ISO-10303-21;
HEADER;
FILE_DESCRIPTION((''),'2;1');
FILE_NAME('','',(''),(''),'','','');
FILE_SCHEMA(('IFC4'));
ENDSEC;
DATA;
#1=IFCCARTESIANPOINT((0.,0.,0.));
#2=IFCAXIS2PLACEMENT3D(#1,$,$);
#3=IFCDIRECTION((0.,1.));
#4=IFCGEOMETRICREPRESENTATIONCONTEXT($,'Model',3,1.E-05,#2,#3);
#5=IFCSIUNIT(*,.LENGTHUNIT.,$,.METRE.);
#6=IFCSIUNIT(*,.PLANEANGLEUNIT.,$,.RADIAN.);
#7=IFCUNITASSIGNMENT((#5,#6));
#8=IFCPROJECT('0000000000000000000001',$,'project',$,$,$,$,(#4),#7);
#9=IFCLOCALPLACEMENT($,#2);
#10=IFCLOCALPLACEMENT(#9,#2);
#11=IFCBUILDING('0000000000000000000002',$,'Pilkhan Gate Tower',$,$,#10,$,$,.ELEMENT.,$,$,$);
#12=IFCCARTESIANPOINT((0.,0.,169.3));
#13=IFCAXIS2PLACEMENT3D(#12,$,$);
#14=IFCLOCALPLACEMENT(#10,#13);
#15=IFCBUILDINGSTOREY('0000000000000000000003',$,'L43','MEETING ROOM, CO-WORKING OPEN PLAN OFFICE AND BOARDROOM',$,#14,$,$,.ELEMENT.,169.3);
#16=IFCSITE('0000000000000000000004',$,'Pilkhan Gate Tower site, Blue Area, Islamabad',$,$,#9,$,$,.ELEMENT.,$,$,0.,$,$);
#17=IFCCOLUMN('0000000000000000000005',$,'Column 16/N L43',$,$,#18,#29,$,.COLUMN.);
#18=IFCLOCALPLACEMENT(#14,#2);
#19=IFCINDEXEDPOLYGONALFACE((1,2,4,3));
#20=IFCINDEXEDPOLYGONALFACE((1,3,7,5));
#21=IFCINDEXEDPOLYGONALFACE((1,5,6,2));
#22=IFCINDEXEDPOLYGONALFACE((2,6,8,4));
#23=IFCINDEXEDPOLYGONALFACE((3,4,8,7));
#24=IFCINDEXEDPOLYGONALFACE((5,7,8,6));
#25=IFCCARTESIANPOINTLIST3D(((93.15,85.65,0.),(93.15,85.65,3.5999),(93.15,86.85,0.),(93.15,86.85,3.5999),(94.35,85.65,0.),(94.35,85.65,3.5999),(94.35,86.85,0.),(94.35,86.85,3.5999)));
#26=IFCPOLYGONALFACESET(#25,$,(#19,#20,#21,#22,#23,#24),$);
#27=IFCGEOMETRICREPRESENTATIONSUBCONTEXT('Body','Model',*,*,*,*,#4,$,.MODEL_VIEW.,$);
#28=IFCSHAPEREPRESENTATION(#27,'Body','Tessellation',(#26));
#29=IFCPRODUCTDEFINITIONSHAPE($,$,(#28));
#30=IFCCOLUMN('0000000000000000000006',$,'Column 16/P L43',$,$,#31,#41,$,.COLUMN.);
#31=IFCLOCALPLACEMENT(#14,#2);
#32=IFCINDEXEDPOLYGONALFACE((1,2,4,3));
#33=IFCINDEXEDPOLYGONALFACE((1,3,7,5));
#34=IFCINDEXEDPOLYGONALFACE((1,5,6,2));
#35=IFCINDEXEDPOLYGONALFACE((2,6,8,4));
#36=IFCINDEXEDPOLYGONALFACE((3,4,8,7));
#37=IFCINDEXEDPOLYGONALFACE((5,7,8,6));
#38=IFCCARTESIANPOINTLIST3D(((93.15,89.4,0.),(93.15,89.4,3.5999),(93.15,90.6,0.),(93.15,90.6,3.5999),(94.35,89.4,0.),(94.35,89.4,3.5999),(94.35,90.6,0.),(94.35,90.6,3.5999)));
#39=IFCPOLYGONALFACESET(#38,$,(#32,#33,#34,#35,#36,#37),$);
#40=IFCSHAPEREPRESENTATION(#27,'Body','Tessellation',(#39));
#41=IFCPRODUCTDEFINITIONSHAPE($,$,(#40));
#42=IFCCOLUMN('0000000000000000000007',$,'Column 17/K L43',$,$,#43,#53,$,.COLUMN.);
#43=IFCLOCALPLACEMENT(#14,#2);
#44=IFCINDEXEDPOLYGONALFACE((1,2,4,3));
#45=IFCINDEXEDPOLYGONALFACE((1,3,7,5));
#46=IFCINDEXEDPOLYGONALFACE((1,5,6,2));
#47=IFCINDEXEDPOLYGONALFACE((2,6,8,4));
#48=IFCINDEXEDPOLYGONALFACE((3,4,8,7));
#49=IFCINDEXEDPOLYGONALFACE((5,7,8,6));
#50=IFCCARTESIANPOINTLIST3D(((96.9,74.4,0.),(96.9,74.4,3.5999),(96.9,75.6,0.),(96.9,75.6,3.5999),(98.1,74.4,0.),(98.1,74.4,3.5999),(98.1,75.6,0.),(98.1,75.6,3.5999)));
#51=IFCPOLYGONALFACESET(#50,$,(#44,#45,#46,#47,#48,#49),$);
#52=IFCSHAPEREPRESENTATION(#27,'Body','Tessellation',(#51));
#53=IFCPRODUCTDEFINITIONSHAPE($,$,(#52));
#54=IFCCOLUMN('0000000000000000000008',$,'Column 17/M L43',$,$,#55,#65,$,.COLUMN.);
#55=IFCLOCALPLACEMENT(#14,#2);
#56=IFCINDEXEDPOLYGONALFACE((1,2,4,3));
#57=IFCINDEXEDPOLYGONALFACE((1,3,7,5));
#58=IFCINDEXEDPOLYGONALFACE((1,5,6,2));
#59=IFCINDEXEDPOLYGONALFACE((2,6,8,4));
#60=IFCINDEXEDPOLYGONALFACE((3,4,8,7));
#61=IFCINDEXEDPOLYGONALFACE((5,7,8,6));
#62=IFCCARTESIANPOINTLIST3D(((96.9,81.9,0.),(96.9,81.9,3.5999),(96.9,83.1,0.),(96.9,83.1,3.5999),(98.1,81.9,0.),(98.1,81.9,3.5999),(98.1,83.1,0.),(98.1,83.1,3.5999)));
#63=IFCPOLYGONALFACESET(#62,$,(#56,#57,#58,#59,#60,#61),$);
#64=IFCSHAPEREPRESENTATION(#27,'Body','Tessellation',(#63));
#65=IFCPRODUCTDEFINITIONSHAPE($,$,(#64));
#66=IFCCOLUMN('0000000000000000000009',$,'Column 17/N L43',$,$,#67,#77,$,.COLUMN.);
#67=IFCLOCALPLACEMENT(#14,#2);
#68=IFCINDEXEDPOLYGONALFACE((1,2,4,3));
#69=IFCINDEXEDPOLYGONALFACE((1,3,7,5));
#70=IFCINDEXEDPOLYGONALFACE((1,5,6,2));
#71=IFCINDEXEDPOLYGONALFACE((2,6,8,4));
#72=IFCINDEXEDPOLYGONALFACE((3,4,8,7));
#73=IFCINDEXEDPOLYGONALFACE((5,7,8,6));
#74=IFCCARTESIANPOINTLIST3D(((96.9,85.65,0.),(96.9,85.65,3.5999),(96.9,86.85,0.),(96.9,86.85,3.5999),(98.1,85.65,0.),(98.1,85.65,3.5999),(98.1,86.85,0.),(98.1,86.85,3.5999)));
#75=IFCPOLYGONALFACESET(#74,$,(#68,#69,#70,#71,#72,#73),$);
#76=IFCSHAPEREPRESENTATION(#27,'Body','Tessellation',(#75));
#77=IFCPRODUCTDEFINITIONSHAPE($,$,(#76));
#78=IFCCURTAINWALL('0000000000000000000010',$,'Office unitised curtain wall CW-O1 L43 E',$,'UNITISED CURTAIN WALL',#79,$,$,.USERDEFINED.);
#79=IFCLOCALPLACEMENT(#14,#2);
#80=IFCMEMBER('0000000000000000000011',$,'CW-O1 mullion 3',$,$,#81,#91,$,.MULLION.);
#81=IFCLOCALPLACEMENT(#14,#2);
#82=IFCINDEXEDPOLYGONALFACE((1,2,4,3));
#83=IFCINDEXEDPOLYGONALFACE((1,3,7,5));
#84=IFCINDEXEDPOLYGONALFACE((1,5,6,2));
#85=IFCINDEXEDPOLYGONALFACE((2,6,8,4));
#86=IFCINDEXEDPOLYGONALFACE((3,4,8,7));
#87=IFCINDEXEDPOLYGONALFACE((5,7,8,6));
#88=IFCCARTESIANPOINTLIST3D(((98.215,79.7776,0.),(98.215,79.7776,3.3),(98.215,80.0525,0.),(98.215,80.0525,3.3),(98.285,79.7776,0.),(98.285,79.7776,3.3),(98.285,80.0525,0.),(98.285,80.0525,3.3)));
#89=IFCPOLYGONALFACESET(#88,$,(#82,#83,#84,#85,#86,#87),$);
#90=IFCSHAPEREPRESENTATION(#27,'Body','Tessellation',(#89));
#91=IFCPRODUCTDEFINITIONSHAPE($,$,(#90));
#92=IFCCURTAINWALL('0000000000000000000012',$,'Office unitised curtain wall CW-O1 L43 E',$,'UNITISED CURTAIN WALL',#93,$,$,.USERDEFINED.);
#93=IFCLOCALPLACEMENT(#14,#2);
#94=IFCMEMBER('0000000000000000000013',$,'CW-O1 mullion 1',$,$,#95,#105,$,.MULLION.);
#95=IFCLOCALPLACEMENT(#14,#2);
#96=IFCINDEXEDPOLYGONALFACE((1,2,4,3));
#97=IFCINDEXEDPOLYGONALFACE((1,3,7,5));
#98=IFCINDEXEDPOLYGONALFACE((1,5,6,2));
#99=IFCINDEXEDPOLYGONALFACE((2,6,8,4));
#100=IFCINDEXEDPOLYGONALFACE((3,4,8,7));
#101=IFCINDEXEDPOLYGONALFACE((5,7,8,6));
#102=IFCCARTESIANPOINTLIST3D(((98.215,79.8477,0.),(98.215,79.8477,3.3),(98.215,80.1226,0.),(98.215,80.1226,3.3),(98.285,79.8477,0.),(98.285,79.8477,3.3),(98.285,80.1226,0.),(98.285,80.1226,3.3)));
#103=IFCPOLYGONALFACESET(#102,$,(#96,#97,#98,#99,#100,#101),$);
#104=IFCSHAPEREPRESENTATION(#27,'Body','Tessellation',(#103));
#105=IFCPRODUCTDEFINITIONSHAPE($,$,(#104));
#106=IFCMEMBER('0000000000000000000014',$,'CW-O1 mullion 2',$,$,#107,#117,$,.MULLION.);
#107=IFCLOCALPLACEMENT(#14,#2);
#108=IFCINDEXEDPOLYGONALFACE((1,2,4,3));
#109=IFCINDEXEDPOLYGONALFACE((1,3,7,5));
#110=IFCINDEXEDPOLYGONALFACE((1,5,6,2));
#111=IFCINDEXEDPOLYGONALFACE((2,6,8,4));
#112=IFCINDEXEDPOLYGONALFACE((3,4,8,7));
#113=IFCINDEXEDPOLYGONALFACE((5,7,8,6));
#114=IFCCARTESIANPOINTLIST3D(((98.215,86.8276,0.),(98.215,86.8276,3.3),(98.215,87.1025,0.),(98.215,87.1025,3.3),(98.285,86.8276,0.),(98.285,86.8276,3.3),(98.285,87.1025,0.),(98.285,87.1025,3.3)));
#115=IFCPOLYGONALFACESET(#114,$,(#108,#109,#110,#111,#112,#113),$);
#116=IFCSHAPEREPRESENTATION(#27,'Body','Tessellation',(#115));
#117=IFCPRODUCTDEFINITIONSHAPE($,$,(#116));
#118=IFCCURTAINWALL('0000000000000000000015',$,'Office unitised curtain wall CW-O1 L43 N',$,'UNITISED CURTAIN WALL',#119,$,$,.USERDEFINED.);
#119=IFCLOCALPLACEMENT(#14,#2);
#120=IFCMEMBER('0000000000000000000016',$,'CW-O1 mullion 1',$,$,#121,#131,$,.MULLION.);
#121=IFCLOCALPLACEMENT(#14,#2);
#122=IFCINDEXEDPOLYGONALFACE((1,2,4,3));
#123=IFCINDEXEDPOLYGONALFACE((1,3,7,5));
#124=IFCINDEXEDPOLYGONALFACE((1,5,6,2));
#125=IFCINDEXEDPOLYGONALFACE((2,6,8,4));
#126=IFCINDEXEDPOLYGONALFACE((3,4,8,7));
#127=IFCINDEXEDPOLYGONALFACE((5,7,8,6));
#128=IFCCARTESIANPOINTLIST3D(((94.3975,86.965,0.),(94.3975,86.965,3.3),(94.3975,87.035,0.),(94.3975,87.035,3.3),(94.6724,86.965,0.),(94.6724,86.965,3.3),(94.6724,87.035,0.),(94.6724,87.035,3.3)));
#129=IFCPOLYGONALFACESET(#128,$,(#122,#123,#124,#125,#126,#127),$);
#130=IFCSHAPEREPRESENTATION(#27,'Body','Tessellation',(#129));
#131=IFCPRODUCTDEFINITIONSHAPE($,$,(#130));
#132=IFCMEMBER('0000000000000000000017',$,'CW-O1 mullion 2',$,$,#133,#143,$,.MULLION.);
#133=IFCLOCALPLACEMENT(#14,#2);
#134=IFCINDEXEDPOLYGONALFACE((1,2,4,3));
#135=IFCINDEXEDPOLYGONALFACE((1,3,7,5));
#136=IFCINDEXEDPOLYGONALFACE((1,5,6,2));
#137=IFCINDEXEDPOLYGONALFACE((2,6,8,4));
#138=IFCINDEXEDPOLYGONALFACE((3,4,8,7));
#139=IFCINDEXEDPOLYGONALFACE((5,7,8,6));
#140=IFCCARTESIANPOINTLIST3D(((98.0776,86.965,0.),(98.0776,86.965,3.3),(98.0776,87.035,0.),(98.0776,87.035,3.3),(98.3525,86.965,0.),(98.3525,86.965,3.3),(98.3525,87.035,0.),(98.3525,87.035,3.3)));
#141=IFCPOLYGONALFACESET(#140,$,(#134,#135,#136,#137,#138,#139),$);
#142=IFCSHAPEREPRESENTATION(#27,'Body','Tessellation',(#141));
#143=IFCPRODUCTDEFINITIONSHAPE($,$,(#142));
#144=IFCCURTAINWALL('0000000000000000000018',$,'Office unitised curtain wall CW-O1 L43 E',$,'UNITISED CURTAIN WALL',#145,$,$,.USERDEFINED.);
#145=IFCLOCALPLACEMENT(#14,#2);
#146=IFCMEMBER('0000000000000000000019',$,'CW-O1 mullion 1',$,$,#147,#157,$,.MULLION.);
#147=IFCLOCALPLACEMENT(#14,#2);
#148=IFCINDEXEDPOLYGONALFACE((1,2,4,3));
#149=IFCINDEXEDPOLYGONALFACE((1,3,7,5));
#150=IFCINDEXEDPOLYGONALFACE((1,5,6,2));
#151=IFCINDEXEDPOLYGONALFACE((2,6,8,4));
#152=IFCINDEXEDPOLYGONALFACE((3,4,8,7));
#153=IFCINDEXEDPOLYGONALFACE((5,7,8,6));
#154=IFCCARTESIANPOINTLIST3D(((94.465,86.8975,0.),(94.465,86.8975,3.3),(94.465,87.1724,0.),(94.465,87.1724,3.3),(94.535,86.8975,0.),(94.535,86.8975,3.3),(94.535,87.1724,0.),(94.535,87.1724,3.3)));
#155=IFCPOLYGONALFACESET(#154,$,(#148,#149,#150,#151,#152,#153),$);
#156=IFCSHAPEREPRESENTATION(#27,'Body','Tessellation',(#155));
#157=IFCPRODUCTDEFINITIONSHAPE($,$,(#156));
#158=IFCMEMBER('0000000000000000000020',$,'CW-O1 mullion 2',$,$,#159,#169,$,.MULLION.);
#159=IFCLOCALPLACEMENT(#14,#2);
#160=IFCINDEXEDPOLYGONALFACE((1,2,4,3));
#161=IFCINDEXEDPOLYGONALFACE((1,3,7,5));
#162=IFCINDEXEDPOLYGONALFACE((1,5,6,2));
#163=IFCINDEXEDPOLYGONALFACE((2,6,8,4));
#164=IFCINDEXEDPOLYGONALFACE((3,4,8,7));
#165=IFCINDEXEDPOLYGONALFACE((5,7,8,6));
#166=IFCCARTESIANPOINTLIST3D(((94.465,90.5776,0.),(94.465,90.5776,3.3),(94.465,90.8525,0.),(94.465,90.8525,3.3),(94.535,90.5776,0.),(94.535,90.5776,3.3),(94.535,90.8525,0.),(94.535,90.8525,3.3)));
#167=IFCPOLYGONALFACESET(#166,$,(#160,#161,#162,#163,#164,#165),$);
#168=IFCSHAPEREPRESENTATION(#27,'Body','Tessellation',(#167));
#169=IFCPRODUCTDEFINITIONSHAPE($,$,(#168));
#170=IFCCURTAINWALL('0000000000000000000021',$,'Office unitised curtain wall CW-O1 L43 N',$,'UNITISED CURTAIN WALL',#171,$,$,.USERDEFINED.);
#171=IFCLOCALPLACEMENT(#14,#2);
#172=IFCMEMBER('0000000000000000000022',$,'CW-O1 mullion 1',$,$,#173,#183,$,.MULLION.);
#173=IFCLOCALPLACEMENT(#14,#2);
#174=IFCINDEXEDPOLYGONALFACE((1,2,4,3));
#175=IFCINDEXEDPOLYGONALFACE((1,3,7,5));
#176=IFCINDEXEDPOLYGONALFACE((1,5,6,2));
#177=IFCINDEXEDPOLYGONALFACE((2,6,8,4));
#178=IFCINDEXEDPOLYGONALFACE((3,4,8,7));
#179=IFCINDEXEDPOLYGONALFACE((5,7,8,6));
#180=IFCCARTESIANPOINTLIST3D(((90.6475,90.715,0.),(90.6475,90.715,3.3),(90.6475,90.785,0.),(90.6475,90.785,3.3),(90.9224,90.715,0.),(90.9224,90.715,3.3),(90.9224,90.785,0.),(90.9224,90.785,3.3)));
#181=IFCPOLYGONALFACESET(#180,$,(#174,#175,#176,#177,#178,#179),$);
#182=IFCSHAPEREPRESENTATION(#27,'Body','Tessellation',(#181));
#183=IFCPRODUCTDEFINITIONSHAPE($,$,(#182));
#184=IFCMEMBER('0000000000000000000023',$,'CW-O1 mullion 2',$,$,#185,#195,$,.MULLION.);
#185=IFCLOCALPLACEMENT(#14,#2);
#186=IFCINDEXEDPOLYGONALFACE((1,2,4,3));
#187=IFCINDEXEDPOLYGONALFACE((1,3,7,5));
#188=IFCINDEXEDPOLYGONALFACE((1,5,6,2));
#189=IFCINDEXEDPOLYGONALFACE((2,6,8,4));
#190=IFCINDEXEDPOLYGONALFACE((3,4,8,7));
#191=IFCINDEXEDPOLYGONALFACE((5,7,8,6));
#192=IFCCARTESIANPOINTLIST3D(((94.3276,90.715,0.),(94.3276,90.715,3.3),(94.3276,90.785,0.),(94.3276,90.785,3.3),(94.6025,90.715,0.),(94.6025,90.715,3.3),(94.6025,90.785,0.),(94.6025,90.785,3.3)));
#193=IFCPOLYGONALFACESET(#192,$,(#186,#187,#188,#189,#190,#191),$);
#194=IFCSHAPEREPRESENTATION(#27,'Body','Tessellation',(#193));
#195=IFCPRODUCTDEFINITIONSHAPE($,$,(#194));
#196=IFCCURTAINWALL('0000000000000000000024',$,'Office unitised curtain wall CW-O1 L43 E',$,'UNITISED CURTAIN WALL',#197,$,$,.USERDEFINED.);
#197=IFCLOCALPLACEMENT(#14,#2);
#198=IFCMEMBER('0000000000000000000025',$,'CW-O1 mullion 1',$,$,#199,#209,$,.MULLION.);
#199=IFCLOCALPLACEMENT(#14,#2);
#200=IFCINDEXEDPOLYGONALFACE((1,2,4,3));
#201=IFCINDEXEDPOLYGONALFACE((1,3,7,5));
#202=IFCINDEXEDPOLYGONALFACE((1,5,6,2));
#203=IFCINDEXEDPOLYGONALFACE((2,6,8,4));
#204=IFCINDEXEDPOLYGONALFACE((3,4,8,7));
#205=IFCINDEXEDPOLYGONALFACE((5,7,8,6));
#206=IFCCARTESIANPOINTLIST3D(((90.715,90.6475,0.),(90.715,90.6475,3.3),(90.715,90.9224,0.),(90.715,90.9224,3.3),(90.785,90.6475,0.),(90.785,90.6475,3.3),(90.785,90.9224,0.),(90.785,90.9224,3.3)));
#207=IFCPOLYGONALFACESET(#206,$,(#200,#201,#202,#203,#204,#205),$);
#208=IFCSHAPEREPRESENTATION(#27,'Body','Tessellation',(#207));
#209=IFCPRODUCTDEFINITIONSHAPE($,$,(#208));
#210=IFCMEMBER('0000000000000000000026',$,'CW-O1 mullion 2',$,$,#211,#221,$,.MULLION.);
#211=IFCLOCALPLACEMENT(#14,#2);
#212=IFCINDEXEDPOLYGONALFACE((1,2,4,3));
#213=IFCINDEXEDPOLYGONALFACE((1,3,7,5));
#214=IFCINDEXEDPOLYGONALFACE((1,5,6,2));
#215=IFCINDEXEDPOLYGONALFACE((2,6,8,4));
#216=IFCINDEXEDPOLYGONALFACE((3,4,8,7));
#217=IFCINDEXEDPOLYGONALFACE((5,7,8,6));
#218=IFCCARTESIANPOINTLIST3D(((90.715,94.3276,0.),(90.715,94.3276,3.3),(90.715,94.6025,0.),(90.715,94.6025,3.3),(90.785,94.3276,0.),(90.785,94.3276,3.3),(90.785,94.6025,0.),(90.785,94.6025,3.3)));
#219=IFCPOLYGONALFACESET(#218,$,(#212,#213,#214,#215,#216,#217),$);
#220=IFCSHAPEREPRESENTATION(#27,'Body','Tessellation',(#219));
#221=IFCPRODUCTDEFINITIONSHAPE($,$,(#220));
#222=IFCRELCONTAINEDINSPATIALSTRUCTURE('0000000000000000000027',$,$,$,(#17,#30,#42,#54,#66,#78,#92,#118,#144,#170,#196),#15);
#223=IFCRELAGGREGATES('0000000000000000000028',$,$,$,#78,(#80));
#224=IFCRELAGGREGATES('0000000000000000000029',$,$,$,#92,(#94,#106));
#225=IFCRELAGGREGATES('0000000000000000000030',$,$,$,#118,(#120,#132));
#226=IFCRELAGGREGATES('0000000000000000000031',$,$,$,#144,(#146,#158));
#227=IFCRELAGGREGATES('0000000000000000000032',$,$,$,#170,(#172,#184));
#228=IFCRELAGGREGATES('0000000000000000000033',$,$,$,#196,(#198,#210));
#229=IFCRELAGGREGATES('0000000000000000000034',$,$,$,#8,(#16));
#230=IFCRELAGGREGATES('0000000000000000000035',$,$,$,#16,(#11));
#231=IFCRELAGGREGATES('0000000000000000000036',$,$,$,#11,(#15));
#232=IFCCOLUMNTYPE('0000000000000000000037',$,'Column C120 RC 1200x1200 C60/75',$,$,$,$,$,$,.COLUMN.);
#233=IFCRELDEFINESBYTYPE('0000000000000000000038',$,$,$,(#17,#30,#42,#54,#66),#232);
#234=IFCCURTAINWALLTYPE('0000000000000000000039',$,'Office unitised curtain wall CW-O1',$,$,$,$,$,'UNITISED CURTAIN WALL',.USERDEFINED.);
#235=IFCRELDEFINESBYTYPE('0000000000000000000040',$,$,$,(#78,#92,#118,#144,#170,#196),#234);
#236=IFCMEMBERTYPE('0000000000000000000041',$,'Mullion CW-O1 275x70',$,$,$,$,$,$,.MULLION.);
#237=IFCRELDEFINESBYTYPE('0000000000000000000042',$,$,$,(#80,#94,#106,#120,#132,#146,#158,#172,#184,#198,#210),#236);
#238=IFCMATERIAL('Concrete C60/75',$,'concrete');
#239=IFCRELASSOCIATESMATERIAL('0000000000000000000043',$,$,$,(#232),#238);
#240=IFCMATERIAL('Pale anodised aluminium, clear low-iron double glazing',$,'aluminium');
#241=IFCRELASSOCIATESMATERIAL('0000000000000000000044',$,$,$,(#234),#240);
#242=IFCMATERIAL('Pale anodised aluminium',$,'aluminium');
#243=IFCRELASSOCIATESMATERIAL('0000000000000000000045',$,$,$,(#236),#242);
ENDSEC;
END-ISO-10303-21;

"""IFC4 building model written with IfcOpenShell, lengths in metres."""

from ifc_helpers import new_model, si_unit, direction, frame, origin, origin_2d, place, context, subcontext, project, spatial, rectangle, extrude, material, material_profile, profile_set, type_object, element, aggregate, save


model = new_model("IFC4")

# Units and contexts
model_context = context("Model", 3, precision=1e-05, world=origin(), true_north=direction((0.0, 1.0)))
body_context = subcontext(model_context, "Body", "Model", "MODEL_VIEW")
ifc_project = project(units=[si_unit("LENGTHUNIT", "METRE"), si_unit("PLANEANGLEUNIT", "RADIAN")], contexts=[model_context])

# Site, building, storey
site_placement = place(None, origin())
site = spatial("IfcSite", under=ifc_project, at=site_placement, Name="Pilkhan Gate Tower site, Blue Area, Islamabad", CompositionType="ELEMENT", RefElevation=0.0)
building_placement = place(site_placement, origin())
building = spatial("IfcBuilding", under=site, at=building_placement, Name="Pilkhan Gate Tower", CompositionType="ELEMENT")
storey_placement = place(building_placement, frame((0.0, 0.0, 169.3)))
storey = spatial("IfcBuildingStorey", under=building, at=storey_placement, Name="L43", Description="MEETING ROOM, CO-WORKING OPEN PLAN OFFICE AND BOARDROOM", CompositionType="ELEMENT", Elevation=169.3)

# Columns
ifc_material_1 = material(Name="Concrete C60/75", Category="concrete")
ifc_material_profile_1 = material_profile(ifc_material_1, rectangle(XDim=1.2, YDim=1.2, at=origin_2d()), Name="RC 1200x1200")
ifc_profile_set_1 = profile_set([ifc_material_profile_1], Name="Concrete C60/75")
column_type = type_object("IfcColumnType", Name="Column C120 RC 1200x1200 C60/75", PredefinedType="COLUMN", material=ifc_profile_set_1)
for number, where, z_axis, x_axis, name in (
    (1, (93.75, 86.25, 0.0), (0.0, 0.0, 1.0), (1.0, 0.0, 0.0), "Column 16/N L43"),
    (2, (93.75, 90.0, 0.0), (0.0, 0.0, 1.0), (1.0, 0.0, 0.0), "Column 16/P L43"),
    (3, (97.5, 75.0, 0.0), (0.0, 0.0, 1.0), (1.0, 0.0, 0.0), "Column 17/K L43"),
    (4, (97.5, 82.5, 0.0), (0.0, 0.0, 1.0), (1.0, 0.0, 0.0), "Column 17/M L43"),
    (5, (97.5, 86.25, 0.0), (0.0, 0.0, 1.0), (1.0, 0.0, 0.0), "Column 17/N L43"),
):
    element("IfcColumn", number, at=place(storey_placement, frame(where, z_axis=z_axis, x_axis=x_axis)), inside=storey, type_object=column_type, Name=name, PredefinedType="COLUMN", context=body_context, shape_type="SweptSolid", body=[
        extrude(rectangle(XDim=1.2, YDim=1.2, at=origin_2d()), origin(), (0.0, 0.0, 1.0), 3.5999),
    ])

# Curtain wall, member
ifc_material_2 = material(Name="Pale anodised aluminium, clear low-iron double glazing", Category="aluminium")
curtain_wall_type = type_object("IfcCurtainWallType", Name="Office unitised curtain wall CW-O1", ElementType="UNITISED CURTAIN WALL", PredefinedType="USERDEFINED", material=ifc_material_2)
curtain_wall_1_placement = place(storey_placement, origin())
curtain_wall_1 = element("IfcCurtainWall", 6, at=curtain_wall_1_placement, inside=storey, type_object=curtain_wall_type, Name="Office unitised curtain wall CW-O1 L43 E", ObjectType="UNITISED CURTAIN WALL", PredefinedType="USERDEFINED")
ifc_material_3 = material(Name="Pale anodised aluminium", Category="aluminium")
ifc_material_profile_2 = material_profile(ifc_material_3, rectangle(XDim=0.0701, YDim=0.2749, at=origin_2d()), Name="Mullion 275x70")
ifc_profile_set_2 = profile_set([ifc_material_profile_2], Name="Pale anodised aluminium")
member_type_1 = type_object("IfcMemberType", Name="Mullion CW-O1 275x70", PredefinedType="MULLION", material=ifc_profile_set_2)
member_1_placement = place(storey_placement, frame((98.25, 79.915, 0.0), z_axis=(0.0, 0.0, 1.0), x_axis=(-1.0, 0.0, 0.0)))
member_1 = element("IfcMember", 7, at=member_1_placement, type_object=member_type_1, Name="CW-O1 mullion 3", PredefinedType="MULLION", context=body_context, shape_type="SweptSolid", body=[
    extrude(rectangle(XDim=0.0701, YDim=0.2749, at=origin_2d()), origin(), (0.0, 0.0, 1.0), 3.3),
])

# Curtain walls, members
curtain_wall_2_placement = place(storey_placement, origin())
curtain_wall_2 = element("IfcCurtainWall", 8, at=curtain_wall_2_placement, inside=storey, type_object=curtain_wall_type, Name="Office unitised curtain wall CW-O1 L43 E", ObjectType="UNITISED CURTAIN WALL", PredefinedType="USERDEFINED")
member_2_placement = place(storey_placement, frame((98.25, 79.9851, 0.0), z_axis=(0.0, 0.0, 1.0), x_axis=(-1.0, 0.0, 0.0)))
member_2 = element("IfcMember", 9, at=member_2_placement, type_object=member_type_1, Name="CW-O1 mullion 1", PredefinedType="MULLION", context=body_context, shape_type="SweptSolid", body=[
    extrude(rectangle(XDim=0.0701, YDim=0.2749, at=origin_2d()), origin(), (0.0, 0.0, 1.0), 3.3),
])
member_3_placement = place(storey_placement, frame((98.25, 86.9651, 0.0), z_axis=(0.0, 0.0, 1.0), x_axis=(-1.0, 0.0, 0.0)))
member_3 = element("IfcMember", 10, at=member_3_placement, type_object=member_type_1, Name="CW-O1 mullion 2", PredefinedType="MULLION", context=body_context, shape_type="SweptSolid", body=[
    extrude(rectangle(XDim=0.0701, YDim=0.2749, at=origin_2d()), origin(), (0.0, 0.0, 1.0), 3.3),
])
curtain_wall_3_placement = place(storey_placement, origin())
curtain_wall_3 = element("IfcCurtainWall", 11, at=curtain_wall_3_placement, inside=storey, type_object=curtain_wall_type, Name="Office unitised curtain wall CW-O1 L43 N", ObjectType="UNITISED CURTAIN WALL", PredefinedType="USERDEFINED")
member_4_placement = place(storey_placement, frame((94.5349, 87.0, 0.0), z_axis=(0.0, 0.0, 1.0), x_axis=(0.0, 1.0, 0.0)))
member_4 = element("IfcMember", 12, at=member_4_placement, type_object=member_type_1, Name="CW-O1 mullion 1", PredefinedType="MULLION", context=body_context, shape_type="SweptSolid", body=[
    extrude(rectangle(XDim=0.0701, YDim=0.2749, at=origin_2d()), origin(), (0.0, 0.0, 1.0), 3.3),
])
member_5_placement = place(storey_placement, frame((98.2151, 87.0, 0.0), z_axis=(0.0, 0.0, 1.0), x_axis=(0.0, 1.0, 0.0)))
member_5 = element("IfcMember", 13, at=member_5_placement, type_object=member_type_1, Name="CW-O1 mullion 2", PredefinedType="MULLION", context=body_context, shape_type="SweptSolid", body=[
    extrude(rectangle(XDim=0.0701, YDim=0.2749, at=origin_2d()), origin(), (0.0, 0.0, 1.0), 3.3),
])
curtain_wall_4_placement = place(storey_placement, origin())
curtain_wall_4 = element("IfcCurtainWall", 14, at=curtain_wall_4_placement, inside=storey, type_object=curtain_wall_type, Name="Office unitised curtain wall CW-O1 L43 E", ObjectType="UNITISED CURTAIN WALL", PredefinedType="USERDEFINED")
member_6_placement = place(storey_placement, frame((94.5, 87.0349, 0.0), z_axis=(0.0, 0.0, 1.0), x_axis=(-1.0, 0.0, 0.0)))
member_6 = element("IfcMember", 15, at=member_6_placement, type_object=member_type_1, Name="CW-O1 mullion 1", PredefinedType="MULLION", context=body_context, shape_type="SweptSolid", body=[
    extrude(rectangle(XDim=0.0701, YDim=0.2749, at=origin_2d()), origin(), (0.0, 0.0, 1.0), 3.3),
])
member_7_placement = place(storey_placement, frame((94.5, 90.7151, 0.0), z_axis=(0.0, 0.0, 1.0), x_axis=(-1.0, 0.0, 0.0)))
member_7 = element("IfcMember", 16, at=member_7_placement, type_object=member_type_1, Name="CW-O1 mullion 2", PredefinedType="MULLION", context=body_context, shape_type="SweptSolid", body=[
    extrude(rectangle(XDim=0.0701, YDim=0.2749, at=origin_2d()), origin(), (0.0, 0.0, 1.0), 3.3),
])
curtain_wall_5_placement = place(storey_placement, origin())
curtain_wall_5 = element("IfcCurtainWall", 17, at=curtain_wall_5_placement, inside=storey, type_object=curtain_wall_type, Name="Office unitised curtain wall CW-O1 L43 N", ObjectType="UNITISED CURTAIN WALL", PredefinedType="USERDEFINED")
member_8_placement = place(storey_placement, frame((90.7849, 90.75, 0.0), z_axis=(0.0, 0.0, 1.0), x_axis=(0.0, 1.0, 0.0)))
member_8 = element("IfcMember", 18, at=member_8_placement, type_object=member_type_1, Name="CW-O1 mullion 1", PredefinedType="MULLION", context=body_context, shape_type="SweptSolid", body=[
    extrude(rectangle(XDim=0.0701, YDim=0.2749, at=origin_2d()), origin(), (0.0, 0.0, 1.0), 3.3),
])
member_9_placement = place(storey_placement, frame((94.4651, 90.75, 0.0), z_axis=(0.0, 0.0, 1.0), x_axis=(0.0, 1.0, 0.0)))
member_9 = element("IfcMember", 19, at=member_9_placement, type_object=member_type_1, Name="CW-O1 mullion 2", PredefinedType="MULLION", context=body_context, shape_type="SweptSolid", body=[
    extrude(rectangle(XDim=0.0701, YDim=0.2749, at=origin_2d()), origin(), (0.0, 0.0, 1.0), 3.3),
])
curtain_wall_6_placement = place(storey_placement, origin())
curtain_wall_6 = element("IfcCurtainWall", 20, at=curtain_wall_6_placement, inside=storey, type_object=curtain_wall_type, Name="Office unitised curtain wall CW-O1 L43 E", ObjectType="UNITISED CURTAIN WALL", PredefinedType="USERDEFINED")
member_10_placement = place(storey_placement, frame((90.75, 90.7849, 0.0), z_axis=(0.0, 0.0, 1.0), x_axis=(-1.0, 0.0, 0.0)))
member_10 = element("IfcMember", 21, at=member_10_placement, type_object=member_type_1, Name="CW-O1 mullion 1", PredefinedType="MULLION", context=body_context, shape_type="SweptSolid", body=[
    extrude(rectangle(XDim=0.0701, YDim=0.2749, at=origin_2d()), origin(), (0.0, 0.0, 1.0), 3.3),
])
member_11_placement = place(storey_placement, frame((90.75, 94.4651, 0.0), z_axis=(0.0, 0.0, 1.0), x_axis=(-1.0, 0.0, 0.0)))
member_11 = element("IfcMember", 22, at=member_11_placement, type_object=member_type_1, Name="CW-O1 mullion 2", PredefinedType="MULLION", context=body_context, shape_type="SweptSolid", body=[
    extrude(rectangle(XDim=0.0701, YDim=0.2749, at=origin_2d()), origin(), (0.0, 0.0, 1.0), 3.3),
])

aggregate(curtain_wall_1, [member_1])
aggregate(curtain_wall_2, [member_2, member_3])
aggregate(curtain_wall_3, [member_4, member_5])
aggregate(curtain_wall_4, [member_6, member_7])
aggregate(curtain_wall_5, [member_8, member_9])
aggregate(curtain_wall_6, [member_10, member_11])

save(model, "model.ifc")
